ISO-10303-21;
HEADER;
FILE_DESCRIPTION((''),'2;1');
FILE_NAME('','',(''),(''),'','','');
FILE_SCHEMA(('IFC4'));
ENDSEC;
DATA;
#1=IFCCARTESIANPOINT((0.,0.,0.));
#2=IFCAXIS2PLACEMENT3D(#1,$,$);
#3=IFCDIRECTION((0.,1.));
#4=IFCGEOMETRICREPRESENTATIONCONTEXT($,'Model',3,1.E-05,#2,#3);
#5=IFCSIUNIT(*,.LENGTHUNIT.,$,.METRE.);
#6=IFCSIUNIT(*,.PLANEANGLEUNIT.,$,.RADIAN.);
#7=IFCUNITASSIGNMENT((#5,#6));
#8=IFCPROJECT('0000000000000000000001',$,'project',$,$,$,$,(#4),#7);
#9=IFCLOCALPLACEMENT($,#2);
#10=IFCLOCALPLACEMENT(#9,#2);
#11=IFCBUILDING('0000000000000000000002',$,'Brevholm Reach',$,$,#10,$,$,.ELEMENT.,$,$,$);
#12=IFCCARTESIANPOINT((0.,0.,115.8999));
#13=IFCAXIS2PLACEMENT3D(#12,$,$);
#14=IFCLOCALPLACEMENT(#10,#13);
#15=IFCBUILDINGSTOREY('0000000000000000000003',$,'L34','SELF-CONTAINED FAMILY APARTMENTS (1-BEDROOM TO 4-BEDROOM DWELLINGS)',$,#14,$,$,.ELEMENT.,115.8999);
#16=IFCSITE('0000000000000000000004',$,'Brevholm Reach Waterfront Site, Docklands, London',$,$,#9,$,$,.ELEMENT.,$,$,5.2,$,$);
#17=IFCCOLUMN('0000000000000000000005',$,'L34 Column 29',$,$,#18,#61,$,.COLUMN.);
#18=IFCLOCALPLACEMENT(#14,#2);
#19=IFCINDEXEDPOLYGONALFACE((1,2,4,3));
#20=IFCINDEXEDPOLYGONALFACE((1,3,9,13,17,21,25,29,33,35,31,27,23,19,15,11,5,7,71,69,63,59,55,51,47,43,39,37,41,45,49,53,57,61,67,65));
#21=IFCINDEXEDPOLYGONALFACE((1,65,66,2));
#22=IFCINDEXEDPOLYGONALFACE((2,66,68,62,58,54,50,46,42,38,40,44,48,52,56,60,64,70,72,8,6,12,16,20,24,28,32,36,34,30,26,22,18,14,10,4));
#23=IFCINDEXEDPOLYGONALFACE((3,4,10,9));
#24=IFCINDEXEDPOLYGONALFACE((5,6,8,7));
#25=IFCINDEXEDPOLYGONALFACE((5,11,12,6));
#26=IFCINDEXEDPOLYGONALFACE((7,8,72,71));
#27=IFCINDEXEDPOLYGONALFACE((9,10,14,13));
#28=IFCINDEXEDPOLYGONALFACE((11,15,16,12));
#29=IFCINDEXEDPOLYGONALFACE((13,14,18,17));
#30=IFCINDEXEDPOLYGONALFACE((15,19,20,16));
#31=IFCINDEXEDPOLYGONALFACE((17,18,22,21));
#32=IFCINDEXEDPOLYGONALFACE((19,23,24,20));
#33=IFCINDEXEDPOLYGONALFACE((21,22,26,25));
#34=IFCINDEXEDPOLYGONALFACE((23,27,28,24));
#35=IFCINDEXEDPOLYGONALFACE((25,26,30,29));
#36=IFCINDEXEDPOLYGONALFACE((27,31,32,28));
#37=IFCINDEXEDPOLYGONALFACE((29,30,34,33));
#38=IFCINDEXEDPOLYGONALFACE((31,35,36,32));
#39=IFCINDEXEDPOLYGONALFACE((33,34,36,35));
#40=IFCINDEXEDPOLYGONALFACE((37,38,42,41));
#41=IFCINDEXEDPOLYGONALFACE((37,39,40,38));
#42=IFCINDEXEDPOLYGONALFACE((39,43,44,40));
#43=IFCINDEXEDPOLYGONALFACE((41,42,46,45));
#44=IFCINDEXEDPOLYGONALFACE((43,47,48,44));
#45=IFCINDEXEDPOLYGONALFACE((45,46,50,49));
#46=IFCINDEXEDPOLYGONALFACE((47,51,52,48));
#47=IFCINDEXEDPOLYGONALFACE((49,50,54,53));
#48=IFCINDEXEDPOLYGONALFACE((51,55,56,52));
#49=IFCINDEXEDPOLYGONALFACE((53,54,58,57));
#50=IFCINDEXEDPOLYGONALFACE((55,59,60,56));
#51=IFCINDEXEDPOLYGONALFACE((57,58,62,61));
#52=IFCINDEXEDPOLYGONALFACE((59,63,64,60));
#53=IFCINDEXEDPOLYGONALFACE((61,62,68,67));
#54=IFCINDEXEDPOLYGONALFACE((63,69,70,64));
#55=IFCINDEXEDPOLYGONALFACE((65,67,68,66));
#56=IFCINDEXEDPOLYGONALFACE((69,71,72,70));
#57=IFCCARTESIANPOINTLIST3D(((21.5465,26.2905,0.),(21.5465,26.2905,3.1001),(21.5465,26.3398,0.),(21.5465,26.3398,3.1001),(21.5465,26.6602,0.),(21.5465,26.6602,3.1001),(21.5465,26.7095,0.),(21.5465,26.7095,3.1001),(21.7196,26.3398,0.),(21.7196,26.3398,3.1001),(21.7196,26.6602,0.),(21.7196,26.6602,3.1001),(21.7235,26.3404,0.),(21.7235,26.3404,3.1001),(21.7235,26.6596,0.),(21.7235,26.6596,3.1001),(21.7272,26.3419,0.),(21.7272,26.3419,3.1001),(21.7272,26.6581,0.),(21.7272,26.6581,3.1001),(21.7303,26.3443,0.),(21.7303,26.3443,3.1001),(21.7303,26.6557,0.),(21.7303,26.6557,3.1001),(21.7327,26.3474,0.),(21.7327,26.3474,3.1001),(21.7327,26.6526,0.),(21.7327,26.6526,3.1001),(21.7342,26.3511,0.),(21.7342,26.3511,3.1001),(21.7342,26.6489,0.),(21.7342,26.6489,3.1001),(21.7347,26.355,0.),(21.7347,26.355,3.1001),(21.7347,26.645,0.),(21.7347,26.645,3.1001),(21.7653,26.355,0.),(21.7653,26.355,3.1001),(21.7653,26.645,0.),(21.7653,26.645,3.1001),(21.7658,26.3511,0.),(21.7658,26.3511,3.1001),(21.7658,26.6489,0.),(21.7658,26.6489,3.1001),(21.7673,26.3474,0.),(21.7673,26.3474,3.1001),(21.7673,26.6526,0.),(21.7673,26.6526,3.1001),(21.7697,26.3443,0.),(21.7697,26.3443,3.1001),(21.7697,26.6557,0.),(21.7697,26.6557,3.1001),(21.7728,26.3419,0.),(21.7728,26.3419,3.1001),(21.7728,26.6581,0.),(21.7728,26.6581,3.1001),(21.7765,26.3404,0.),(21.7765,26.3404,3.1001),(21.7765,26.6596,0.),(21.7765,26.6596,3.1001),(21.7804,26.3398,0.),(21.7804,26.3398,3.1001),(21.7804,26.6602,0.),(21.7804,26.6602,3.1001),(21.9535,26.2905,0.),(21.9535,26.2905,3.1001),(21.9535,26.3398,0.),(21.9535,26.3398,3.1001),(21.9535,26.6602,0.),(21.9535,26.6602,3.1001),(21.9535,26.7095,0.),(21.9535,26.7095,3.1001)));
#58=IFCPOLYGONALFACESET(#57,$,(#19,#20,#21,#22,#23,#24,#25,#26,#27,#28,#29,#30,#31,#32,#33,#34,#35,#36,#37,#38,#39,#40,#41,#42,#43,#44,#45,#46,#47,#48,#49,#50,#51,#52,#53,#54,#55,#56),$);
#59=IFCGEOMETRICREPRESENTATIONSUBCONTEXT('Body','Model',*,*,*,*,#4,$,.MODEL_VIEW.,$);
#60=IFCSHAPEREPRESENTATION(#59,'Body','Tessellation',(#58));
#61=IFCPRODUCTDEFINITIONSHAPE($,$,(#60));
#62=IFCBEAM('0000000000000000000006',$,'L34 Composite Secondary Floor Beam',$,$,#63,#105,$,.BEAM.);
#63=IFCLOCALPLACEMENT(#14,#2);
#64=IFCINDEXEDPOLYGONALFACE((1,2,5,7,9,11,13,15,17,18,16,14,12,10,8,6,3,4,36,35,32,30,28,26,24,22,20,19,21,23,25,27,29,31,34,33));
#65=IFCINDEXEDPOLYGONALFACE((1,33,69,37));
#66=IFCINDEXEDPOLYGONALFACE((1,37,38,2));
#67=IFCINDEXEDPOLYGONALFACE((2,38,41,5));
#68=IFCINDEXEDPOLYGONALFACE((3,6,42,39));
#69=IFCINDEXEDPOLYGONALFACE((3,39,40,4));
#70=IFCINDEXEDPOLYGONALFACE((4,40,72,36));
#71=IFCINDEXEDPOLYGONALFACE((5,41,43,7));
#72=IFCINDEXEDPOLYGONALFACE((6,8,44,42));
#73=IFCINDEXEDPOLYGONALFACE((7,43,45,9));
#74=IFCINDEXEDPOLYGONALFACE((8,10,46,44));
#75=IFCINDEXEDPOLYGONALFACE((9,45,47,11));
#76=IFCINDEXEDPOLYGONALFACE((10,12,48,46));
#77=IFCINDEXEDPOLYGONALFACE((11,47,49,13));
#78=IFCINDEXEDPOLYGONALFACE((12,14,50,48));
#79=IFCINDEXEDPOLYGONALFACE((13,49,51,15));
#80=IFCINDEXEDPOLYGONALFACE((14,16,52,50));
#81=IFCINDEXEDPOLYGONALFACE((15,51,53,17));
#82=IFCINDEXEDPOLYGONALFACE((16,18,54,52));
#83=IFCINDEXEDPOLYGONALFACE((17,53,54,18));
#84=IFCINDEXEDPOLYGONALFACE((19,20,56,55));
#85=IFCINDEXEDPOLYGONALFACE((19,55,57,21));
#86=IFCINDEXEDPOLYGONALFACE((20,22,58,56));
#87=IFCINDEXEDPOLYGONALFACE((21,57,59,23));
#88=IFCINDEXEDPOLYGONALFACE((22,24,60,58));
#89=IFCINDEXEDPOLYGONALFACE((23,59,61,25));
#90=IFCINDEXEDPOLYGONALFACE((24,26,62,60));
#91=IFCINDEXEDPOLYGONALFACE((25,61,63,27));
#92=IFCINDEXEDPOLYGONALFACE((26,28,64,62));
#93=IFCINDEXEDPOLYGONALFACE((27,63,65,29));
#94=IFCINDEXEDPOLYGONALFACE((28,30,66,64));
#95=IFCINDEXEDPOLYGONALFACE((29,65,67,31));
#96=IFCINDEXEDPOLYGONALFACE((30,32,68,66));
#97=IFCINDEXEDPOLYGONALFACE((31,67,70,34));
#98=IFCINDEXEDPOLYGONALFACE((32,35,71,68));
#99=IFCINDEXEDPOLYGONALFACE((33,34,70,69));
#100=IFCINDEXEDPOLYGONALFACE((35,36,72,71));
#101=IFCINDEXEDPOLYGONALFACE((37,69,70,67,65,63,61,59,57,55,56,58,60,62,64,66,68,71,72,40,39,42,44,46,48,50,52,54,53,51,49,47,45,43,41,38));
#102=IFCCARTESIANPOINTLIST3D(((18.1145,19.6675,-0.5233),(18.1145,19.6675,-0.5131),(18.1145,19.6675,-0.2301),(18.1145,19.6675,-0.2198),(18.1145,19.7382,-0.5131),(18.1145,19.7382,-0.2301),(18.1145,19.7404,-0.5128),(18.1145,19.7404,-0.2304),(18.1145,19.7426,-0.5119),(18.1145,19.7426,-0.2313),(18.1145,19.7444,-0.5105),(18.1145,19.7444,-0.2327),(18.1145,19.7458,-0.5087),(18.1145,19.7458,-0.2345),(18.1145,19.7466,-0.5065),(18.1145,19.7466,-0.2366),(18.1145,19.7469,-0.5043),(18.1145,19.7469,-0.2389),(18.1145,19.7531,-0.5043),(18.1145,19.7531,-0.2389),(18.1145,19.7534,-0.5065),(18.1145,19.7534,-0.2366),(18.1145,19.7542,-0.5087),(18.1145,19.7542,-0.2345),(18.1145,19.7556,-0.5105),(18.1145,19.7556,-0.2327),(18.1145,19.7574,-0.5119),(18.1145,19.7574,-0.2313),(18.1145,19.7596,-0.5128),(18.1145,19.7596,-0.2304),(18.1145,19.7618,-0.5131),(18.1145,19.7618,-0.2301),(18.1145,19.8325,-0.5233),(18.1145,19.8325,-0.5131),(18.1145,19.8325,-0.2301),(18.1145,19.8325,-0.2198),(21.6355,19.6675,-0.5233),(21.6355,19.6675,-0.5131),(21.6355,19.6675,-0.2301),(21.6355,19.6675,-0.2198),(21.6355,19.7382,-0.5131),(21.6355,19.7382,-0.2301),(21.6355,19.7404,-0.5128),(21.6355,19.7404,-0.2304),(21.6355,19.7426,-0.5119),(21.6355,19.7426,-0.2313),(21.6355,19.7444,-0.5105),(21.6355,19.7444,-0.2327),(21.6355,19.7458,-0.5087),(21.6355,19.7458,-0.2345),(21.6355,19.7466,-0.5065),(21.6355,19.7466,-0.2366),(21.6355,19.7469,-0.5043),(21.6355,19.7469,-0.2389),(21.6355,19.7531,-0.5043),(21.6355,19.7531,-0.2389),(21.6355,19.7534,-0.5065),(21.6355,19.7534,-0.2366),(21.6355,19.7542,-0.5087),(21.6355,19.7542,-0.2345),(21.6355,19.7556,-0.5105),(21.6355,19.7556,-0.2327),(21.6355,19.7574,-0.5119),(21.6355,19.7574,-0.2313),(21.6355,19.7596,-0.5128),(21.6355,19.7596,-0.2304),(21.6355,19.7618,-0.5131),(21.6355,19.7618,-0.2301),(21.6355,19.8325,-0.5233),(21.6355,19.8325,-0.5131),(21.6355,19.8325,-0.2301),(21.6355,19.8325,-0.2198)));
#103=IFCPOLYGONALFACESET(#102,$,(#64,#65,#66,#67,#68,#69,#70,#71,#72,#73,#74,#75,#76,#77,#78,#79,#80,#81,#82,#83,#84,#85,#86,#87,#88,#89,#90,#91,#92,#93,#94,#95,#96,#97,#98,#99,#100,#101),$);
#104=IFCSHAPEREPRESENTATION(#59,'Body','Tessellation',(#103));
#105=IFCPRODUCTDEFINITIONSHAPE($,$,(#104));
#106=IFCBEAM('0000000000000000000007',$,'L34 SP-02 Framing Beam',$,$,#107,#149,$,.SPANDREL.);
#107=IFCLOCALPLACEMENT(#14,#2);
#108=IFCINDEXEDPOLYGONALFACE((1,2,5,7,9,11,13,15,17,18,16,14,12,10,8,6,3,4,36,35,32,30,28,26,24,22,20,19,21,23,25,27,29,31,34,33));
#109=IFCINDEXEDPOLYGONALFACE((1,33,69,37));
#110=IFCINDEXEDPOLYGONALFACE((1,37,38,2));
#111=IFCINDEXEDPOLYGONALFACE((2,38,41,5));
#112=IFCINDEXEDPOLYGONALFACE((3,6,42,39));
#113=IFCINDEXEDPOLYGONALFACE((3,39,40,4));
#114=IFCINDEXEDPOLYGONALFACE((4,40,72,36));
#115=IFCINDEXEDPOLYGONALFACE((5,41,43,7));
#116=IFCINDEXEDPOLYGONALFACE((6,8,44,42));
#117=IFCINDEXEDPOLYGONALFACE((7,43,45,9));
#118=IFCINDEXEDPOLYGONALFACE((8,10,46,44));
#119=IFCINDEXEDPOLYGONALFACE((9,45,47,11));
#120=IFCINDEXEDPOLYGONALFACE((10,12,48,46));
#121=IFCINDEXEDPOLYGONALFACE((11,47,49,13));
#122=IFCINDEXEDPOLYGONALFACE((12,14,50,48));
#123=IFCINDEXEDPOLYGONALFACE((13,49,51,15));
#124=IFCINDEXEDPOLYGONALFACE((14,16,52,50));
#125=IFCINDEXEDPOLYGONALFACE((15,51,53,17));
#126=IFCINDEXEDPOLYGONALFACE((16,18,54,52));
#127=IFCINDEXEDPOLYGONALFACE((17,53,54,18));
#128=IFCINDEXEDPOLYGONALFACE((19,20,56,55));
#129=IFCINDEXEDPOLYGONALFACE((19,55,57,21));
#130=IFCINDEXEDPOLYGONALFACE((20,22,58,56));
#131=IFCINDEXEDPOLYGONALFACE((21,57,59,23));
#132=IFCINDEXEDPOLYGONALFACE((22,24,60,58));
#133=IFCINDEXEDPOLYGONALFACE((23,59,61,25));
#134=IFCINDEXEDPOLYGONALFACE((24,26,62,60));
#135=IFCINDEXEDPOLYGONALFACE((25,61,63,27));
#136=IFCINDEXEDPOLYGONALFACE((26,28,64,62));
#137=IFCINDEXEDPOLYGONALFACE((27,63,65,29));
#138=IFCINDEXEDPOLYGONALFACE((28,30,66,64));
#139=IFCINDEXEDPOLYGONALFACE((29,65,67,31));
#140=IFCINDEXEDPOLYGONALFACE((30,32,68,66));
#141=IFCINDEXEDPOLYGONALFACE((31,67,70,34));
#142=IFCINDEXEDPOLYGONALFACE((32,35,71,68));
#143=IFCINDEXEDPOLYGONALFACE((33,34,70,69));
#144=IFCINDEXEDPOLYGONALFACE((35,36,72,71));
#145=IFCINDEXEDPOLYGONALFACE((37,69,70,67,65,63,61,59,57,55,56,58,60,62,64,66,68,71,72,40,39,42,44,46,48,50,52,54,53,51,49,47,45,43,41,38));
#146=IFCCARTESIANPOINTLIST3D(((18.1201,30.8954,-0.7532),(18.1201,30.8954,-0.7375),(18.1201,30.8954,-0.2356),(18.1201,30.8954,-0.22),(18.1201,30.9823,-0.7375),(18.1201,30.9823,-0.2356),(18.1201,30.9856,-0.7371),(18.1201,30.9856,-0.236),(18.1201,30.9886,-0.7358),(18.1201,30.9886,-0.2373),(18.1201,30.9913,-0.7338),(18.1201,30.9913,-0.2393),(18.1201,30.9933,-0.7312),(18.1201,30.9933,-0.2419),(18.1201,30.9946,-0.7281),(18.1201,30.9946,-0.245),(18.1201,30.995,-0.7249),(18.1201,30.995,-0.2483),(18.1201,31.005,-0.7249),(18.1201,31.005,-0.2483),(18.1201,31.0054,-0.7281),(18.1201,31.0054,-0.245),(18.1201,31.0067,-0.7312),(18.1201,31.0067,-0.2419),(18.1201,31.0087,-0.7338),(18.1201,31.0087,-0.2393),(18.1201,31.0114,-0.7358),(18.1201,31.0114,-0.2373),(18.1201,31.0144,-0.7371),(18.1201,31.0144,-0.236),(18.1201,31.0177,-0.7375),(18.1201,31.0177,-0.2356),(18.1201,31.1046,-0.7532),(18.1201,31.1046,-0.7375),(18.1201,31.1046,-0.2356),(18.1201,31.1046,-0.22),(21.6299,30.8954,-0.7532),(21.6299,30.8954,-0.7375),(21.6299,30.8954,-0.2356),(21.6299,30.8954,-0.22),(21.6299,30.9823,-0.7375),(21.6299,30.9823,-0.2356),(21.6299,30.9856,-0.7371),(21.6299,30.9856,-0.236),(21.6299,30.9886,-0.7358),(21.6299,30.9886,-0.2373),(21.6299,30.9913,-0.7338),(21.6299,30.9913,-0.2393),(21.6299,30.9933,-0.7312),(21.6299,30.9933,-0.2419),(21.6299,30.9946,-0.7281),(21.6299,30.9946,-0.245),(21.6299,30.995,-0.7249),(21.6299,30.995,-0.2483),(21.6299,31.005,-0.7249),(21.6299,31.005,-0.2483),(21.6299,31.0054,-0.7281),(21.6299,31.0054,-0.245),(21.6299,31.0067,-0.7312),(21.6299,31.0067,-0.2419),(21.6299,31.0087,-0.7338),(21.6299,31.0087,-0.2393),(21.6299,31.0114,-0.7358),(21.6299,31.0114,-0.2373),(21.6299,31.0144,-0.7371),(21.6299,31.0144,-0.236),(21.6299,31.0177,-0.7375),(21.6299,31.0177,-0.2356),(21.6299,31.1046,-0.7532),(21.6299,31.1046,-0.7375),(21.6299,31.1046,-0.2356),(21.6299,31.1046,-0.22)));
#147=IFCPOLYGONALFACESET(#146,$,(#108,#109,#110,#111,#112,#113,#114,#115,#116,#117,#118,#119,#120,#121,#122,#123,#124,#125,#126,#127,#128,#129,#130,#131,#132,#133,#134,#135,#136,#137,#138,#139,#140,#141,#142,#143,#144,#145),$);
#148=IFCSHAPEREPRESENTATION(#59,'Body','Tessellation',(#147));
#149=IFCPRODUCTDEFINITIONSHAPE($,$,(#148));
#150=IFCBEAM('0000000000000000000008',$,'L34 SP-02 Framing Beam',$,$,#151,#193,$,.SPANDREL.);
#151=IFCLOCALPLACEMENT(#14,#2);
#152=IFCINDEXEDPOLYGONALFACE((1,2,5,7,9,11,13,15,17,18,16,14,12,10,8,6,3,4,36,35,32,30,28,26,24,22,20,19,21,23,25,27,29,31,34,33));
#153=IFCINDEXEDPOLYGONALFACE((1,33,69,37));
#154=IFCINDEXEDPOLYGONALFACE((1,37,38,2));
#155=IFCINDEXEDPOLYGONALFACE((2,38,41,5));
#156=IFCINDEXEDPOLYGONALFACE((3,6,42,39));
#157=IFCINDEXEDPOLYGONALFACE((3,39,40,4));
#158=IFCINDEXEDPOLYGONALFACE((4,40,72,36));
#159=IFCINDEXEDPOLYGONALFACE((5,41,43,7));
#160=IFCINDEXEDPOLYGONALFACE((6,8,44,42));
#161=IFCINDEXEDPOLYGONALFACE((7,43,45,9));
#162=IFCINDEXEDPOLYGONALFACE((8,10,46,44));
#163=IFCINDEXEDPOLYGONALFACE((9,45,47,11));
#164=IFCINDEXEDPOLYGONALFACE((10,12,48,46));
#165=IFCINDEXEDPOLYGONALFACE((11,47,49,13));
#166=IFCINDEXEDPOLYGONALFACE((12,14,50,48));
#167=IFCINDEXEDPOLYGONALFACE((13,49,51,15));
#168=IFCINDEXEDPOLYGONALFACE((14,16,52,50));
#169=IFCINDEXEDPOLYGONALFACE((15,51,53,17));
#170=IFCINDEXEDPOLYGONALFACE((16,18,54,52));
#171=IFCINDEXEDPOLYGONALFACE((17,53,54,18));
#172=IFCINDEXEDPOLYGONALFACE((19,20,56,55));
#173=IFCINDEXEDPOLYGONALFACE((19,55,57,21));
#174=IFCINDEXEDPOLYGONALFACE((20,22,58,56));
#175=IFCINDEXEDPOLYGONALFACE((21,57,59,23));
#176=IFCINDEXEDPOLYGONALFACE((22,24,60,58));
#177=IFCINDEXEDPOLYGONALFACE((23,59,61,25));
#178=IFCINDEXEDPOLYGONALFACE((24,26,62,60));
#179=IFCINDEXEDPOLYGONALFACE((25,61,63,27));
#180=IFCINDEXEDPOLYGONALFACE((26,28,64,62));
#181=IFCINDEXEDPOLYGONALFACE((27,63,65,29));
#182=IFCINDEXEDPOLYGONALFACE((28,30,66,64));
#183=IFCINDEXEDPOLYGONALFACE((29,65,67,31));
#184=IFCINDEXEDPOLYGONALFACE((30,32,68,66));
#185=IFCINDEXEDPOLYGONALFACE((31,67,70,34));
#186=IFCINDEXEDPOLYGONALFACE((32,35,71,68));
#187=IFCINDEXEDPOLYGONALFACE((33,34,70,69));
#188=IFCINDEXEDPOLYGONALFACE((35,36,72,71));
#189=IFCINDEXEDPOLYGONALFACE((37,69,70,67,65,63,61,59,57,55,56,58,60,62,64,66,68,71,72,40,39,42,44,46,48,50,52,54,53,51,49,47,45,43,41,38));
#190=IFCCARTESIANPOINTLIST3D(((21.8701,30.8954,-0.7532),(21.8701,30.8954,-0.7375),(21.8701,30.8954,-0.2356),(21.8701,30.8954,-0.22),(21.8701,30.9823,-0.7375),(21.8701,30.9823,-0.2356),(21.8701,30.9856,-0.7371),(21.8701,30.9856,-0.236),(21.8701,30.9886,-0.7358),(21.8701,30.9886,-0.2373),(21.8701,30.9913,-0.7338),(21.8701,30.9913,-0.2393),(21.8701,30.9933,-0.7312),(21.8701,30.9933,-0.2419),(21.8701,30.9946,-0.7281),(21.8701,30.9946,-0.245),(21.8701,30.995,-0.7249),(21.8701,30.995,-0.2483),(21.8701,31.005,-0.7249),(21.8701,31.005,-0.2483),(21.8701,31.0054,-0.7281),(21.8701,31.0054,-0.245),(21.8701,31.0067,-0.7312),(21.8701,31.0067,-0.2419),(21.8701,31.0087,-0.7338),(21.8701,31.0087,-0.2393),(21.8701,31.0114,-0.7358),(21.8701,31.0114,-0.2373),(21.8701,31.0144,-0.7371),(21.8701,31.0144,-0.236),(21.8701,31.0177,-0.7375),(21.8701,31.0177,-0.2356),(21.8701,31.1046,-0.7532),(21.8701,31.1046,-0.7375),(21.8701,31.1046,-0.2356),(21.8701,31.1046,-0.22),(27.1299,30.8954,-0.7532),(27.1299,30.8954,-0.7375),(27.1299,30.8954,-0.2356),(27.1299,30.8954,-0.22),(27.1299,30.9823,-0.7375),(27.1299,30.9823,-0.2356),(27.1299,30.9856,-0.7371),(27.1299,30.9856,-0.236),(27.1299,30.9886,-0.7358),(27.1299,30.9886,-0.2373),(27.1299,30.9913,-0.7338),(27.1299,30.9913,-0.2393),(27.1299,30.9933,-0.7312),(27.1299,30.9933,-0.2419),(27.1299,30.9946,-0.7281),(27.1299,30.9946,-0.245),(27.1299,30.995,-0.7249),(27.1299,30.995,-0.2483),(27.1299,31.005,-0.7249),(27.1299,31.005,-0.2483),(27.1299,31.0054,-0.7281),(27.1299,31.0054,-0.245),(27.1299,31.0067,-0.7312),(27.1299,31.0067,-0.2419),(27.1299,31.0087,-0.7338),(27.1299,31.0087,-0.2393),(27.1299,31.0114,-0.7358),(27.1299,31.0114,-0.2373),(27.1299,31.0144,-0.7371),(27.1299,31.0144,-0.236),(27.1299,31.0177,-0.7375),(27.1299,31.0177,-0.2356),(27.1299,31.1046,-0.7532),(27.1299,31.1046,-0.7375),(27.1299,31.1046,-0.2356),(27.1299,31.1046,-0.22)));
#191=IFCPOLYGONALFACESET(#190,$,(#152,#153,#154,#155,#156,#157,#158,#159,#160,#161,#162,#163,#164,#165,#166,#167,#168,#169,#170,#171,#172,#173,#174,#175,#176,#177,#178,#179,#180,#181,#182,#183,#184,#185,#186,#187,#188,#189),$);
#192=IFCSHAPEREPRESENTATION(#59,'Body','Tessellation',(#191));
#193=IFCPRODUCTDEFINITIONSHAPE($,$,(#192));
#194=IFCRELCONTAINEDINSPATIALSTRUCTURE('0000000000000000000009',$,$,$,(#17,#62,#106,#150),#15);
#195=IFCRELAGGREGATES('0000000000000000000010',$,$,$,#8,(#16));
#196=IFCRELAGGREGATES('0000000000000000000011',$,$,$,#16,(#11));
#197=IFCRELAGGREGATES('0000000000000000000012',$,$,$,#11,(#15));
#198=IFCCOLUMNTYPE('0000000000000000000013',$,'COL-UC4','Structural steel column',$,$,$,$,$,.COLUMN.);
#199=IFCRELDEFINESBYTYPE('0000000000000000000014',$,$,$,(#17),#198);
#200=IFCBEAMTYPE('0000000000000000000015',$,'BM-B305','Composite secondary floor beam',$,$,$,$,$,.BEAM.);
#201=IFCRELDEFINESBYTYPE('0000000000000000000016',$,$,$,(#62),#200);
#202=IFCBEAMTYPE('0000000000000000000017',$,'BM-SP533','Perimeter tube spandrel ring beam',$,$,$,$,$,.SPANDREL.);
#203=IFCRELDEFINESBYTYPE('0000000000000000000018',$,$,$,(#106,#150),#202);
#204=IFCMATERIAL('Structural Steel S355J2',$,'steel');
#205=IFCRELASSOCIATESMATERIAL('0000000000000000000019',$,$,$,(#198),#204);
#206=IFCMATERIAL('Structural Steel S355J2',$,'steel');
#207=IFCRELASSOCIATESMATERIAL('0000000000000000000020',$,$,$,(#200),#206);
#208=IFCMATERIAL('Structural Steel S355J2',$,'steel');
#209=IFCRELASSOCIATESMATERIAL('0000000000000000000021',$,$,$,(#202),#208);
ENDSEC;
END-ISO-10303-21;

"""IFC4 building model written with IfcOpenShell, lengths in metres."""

from ifc_helpers import new_model, si_unit, direction, frame, origin, origin_2d, place, context, subcontext, project, spatial, i_section, extrude, material, material_profile, profile_set, type_object, element, save


model = new_model("IFC4")

# Units and contexts
model_context = context("Model", 3, precision=1e-05, world=origin(), true_north=direction((0.0, 1.0)))
body_context = subcontext(model_context, "Body", "Model", "MODEL_VIEW")
ifc_project = project(units=[si_unit("LENGTHUNIT", "METRE"), si_unit("PLANEANGLEUNIT", "RADIAN")], contexts=[model_context])

# Site, building, storey
site_placement = place(None, origin())
site = spatial("IfcSite", under=ifc_project, at=site_placement, Name="Brevholm Reach Waterfront Site, Docklands, London", CompositionType="ELEMENT", RefElevation=5.2)
building_placement = place(site_placement, origin())
building = spatial("IfcBuilding", under=site, at=building_placement, Name="Brevholm Reach", CompositionType="ELEMENT")
storey_placement = place(building_placement, frame((0.0, 0.0, 115.8999)))
storey = spatial("IfcBuildingStorey", under=building, at=storey_placement, Name="L34", Description="SELF-CONTAINED FAMILY APARTMENTS (1-BEDROOM TO 4-BEDROOM DWELLINGS)", CompositionType="ELEMENT", Elevation=115.8999)

# Column
ifc_material_1 = material(Name="Structural Steel S355J2", Category="steel")
ifc_material_profile_1 = material_profile(ifc_material_1, i_section(OverallWidth=0.407, OverallDepth=0.4189, WebThickness=0.0305, FlangeThickness=0.0493, FilletRadius=0.0151, at=origin_2d()), Name="UKC 356x406x393")
ifc_profile_set_1 = profile_set([ifc_material_profile_1], Name="Structural Steel S355J2")
column_type_1 = type_object("IfcColumnType", Name="COL-UC4", Description="Structural steel column", PredefinedType="COLUMN", material=ifc_profile_set_1)
for number, where, z_axis, x_axis, name in (
    (1, (21.75, 26.5, 0.0), (0.0, 0.0, 1.0), (1.0, 0.0, 0.0), "L34 Column 29"),
):
    element("IfcColumn", number, at=place(storey_placement, frame(where, z_axis=z_axis, x_axis=x_axis)), inside=storey, type_object=column_type_1, Name=name, PredefinedType="COLUMN", context=body_context, shape_type="SweptSolid", body=[
        extrude(i_section(OverallWidth=0.407, OverallDepth=0.4189, WebThickness=0.0305, FlangeThickness=0.0493, FilletRadius=0.0151, at=origin_2d()), origin(), (0.0, 0.0, 1.0), 3.1001),
    ])

# Beams
ifc_material_2 = material(Name="Structural Steel S355J2", Category="steel")
ifc_material_profile_2 = material_profile(ifc_material_2, i_section(OverallWidth=0.165, OverallDepth=0.3035, WebThickness=0.0061, FlangeThickness=0.0103, FilletRadius=0.0088, at=origin_2d()), Name="UKB 305x165x40")
ifc_profile_set_2 = profile_set([ifc_material_profile_2], Name="Structural Steel S355J2")
beam_type_1 = type_object("IfcBeamType", Name="BM-B305", Description="Composite secondary floor beam", PredefinedType="BEAM", material=ifc_profile_set_2)
beam_1_placement = place(storey_placement, frame((18.1145, 19.75, -0.3716), z_axis=(1.0, 0.0, 0.0), x_axis=(0.0, 1.0, 0.0)))
element("IfcBeam", 2, at=beam_1_placement, inside=storey, type_object=beam_type_1, Name="L34 Composite Secondary Floor Beam", PredefinedType="BEAM", context=body_context, shape_type="SweptSolid", body=[
    extrude(i_section(OverallWidth=0.165, OverallDepth=0.3035, WebThickness=0.0061, FlangeThickness=0.0103, FilletRadius=0.0088, at=origin_2d()), origin(), (0.0, 0.0, 1.0), 3.521),
])
ifc_material_3 = material(Name="Structural Steel S355J2", Category="steel")
ifc_material_profile_3 = material_profile(ifc_material_3, i_section(OverallWidth=0.2092, OverallDepth=0.5332, WebThickness=0.01, FlangeThickness=0.0156, FilletRadius=0.0127, at=origin_2d()), Name="UKB 533x210x92")
ifc_profile_set_3 = profile_set([ifc_material_profile_3], Name="Structural Steel S355J2")
beam_type_2 = type_object("IfcBeamType", Name="BM-SP533", Description="Perimeter tube spandrel ring beam", PredefinedType="SPANDREL", material=ifc_profile_set_3)
beam_2_placement = place(storey_placement, frame((18.1201, 31.0, -0.4866), z_axis=(1.0, 0.0, 0.0), x_axis=(0.0, 1.0, 0.0)))
element("IfcBeam", 3, at=beam_2_placement, inside=storey, type_object=beam_type_2, Name="L34 SP-02 Framing Beam", PredefinedType="SPANDREL", context=body_context, shape_type="SweptSolid", body=[
    extrude(i_section(OverallWidth=0.2092, OverallDepth=0.5332, WebThickness=0.01, FlangeThickness=0.0156, FilletRadius=0.0127, at=origin_2d()), origin(), (0.0, 0.0, 1.0), 3.5098),
])
for number, where, z_axis, x_axis, name in (
    (4, (21.8701, 31.0, -0.4866), (1.0, 0.0, 0.0), (0.0, 1.0, 0.0), "L34 SP-02 Framing Beam"),
):
    element("IfcBeam", number, at=place(storey_placement, frame(where, z_axis=z_axis, x_axis=x_axis)), inside=storey, type_object=beam_type_2, Name=name, PredefinedType="SPANDREL", context=body_context, shape_type="SweptSolid", body=[
        extrude(i_section(OverallWidth=0.2092, OverallDepth=0.5332, WebThickness=0.01, FlangeThickness=0.0156, FilletRadius=0.0127, at=origin_2d()), origin(), (0.0, 0.0, 1.0), 5.2598),
    ])

save(model, "model.ifc")
